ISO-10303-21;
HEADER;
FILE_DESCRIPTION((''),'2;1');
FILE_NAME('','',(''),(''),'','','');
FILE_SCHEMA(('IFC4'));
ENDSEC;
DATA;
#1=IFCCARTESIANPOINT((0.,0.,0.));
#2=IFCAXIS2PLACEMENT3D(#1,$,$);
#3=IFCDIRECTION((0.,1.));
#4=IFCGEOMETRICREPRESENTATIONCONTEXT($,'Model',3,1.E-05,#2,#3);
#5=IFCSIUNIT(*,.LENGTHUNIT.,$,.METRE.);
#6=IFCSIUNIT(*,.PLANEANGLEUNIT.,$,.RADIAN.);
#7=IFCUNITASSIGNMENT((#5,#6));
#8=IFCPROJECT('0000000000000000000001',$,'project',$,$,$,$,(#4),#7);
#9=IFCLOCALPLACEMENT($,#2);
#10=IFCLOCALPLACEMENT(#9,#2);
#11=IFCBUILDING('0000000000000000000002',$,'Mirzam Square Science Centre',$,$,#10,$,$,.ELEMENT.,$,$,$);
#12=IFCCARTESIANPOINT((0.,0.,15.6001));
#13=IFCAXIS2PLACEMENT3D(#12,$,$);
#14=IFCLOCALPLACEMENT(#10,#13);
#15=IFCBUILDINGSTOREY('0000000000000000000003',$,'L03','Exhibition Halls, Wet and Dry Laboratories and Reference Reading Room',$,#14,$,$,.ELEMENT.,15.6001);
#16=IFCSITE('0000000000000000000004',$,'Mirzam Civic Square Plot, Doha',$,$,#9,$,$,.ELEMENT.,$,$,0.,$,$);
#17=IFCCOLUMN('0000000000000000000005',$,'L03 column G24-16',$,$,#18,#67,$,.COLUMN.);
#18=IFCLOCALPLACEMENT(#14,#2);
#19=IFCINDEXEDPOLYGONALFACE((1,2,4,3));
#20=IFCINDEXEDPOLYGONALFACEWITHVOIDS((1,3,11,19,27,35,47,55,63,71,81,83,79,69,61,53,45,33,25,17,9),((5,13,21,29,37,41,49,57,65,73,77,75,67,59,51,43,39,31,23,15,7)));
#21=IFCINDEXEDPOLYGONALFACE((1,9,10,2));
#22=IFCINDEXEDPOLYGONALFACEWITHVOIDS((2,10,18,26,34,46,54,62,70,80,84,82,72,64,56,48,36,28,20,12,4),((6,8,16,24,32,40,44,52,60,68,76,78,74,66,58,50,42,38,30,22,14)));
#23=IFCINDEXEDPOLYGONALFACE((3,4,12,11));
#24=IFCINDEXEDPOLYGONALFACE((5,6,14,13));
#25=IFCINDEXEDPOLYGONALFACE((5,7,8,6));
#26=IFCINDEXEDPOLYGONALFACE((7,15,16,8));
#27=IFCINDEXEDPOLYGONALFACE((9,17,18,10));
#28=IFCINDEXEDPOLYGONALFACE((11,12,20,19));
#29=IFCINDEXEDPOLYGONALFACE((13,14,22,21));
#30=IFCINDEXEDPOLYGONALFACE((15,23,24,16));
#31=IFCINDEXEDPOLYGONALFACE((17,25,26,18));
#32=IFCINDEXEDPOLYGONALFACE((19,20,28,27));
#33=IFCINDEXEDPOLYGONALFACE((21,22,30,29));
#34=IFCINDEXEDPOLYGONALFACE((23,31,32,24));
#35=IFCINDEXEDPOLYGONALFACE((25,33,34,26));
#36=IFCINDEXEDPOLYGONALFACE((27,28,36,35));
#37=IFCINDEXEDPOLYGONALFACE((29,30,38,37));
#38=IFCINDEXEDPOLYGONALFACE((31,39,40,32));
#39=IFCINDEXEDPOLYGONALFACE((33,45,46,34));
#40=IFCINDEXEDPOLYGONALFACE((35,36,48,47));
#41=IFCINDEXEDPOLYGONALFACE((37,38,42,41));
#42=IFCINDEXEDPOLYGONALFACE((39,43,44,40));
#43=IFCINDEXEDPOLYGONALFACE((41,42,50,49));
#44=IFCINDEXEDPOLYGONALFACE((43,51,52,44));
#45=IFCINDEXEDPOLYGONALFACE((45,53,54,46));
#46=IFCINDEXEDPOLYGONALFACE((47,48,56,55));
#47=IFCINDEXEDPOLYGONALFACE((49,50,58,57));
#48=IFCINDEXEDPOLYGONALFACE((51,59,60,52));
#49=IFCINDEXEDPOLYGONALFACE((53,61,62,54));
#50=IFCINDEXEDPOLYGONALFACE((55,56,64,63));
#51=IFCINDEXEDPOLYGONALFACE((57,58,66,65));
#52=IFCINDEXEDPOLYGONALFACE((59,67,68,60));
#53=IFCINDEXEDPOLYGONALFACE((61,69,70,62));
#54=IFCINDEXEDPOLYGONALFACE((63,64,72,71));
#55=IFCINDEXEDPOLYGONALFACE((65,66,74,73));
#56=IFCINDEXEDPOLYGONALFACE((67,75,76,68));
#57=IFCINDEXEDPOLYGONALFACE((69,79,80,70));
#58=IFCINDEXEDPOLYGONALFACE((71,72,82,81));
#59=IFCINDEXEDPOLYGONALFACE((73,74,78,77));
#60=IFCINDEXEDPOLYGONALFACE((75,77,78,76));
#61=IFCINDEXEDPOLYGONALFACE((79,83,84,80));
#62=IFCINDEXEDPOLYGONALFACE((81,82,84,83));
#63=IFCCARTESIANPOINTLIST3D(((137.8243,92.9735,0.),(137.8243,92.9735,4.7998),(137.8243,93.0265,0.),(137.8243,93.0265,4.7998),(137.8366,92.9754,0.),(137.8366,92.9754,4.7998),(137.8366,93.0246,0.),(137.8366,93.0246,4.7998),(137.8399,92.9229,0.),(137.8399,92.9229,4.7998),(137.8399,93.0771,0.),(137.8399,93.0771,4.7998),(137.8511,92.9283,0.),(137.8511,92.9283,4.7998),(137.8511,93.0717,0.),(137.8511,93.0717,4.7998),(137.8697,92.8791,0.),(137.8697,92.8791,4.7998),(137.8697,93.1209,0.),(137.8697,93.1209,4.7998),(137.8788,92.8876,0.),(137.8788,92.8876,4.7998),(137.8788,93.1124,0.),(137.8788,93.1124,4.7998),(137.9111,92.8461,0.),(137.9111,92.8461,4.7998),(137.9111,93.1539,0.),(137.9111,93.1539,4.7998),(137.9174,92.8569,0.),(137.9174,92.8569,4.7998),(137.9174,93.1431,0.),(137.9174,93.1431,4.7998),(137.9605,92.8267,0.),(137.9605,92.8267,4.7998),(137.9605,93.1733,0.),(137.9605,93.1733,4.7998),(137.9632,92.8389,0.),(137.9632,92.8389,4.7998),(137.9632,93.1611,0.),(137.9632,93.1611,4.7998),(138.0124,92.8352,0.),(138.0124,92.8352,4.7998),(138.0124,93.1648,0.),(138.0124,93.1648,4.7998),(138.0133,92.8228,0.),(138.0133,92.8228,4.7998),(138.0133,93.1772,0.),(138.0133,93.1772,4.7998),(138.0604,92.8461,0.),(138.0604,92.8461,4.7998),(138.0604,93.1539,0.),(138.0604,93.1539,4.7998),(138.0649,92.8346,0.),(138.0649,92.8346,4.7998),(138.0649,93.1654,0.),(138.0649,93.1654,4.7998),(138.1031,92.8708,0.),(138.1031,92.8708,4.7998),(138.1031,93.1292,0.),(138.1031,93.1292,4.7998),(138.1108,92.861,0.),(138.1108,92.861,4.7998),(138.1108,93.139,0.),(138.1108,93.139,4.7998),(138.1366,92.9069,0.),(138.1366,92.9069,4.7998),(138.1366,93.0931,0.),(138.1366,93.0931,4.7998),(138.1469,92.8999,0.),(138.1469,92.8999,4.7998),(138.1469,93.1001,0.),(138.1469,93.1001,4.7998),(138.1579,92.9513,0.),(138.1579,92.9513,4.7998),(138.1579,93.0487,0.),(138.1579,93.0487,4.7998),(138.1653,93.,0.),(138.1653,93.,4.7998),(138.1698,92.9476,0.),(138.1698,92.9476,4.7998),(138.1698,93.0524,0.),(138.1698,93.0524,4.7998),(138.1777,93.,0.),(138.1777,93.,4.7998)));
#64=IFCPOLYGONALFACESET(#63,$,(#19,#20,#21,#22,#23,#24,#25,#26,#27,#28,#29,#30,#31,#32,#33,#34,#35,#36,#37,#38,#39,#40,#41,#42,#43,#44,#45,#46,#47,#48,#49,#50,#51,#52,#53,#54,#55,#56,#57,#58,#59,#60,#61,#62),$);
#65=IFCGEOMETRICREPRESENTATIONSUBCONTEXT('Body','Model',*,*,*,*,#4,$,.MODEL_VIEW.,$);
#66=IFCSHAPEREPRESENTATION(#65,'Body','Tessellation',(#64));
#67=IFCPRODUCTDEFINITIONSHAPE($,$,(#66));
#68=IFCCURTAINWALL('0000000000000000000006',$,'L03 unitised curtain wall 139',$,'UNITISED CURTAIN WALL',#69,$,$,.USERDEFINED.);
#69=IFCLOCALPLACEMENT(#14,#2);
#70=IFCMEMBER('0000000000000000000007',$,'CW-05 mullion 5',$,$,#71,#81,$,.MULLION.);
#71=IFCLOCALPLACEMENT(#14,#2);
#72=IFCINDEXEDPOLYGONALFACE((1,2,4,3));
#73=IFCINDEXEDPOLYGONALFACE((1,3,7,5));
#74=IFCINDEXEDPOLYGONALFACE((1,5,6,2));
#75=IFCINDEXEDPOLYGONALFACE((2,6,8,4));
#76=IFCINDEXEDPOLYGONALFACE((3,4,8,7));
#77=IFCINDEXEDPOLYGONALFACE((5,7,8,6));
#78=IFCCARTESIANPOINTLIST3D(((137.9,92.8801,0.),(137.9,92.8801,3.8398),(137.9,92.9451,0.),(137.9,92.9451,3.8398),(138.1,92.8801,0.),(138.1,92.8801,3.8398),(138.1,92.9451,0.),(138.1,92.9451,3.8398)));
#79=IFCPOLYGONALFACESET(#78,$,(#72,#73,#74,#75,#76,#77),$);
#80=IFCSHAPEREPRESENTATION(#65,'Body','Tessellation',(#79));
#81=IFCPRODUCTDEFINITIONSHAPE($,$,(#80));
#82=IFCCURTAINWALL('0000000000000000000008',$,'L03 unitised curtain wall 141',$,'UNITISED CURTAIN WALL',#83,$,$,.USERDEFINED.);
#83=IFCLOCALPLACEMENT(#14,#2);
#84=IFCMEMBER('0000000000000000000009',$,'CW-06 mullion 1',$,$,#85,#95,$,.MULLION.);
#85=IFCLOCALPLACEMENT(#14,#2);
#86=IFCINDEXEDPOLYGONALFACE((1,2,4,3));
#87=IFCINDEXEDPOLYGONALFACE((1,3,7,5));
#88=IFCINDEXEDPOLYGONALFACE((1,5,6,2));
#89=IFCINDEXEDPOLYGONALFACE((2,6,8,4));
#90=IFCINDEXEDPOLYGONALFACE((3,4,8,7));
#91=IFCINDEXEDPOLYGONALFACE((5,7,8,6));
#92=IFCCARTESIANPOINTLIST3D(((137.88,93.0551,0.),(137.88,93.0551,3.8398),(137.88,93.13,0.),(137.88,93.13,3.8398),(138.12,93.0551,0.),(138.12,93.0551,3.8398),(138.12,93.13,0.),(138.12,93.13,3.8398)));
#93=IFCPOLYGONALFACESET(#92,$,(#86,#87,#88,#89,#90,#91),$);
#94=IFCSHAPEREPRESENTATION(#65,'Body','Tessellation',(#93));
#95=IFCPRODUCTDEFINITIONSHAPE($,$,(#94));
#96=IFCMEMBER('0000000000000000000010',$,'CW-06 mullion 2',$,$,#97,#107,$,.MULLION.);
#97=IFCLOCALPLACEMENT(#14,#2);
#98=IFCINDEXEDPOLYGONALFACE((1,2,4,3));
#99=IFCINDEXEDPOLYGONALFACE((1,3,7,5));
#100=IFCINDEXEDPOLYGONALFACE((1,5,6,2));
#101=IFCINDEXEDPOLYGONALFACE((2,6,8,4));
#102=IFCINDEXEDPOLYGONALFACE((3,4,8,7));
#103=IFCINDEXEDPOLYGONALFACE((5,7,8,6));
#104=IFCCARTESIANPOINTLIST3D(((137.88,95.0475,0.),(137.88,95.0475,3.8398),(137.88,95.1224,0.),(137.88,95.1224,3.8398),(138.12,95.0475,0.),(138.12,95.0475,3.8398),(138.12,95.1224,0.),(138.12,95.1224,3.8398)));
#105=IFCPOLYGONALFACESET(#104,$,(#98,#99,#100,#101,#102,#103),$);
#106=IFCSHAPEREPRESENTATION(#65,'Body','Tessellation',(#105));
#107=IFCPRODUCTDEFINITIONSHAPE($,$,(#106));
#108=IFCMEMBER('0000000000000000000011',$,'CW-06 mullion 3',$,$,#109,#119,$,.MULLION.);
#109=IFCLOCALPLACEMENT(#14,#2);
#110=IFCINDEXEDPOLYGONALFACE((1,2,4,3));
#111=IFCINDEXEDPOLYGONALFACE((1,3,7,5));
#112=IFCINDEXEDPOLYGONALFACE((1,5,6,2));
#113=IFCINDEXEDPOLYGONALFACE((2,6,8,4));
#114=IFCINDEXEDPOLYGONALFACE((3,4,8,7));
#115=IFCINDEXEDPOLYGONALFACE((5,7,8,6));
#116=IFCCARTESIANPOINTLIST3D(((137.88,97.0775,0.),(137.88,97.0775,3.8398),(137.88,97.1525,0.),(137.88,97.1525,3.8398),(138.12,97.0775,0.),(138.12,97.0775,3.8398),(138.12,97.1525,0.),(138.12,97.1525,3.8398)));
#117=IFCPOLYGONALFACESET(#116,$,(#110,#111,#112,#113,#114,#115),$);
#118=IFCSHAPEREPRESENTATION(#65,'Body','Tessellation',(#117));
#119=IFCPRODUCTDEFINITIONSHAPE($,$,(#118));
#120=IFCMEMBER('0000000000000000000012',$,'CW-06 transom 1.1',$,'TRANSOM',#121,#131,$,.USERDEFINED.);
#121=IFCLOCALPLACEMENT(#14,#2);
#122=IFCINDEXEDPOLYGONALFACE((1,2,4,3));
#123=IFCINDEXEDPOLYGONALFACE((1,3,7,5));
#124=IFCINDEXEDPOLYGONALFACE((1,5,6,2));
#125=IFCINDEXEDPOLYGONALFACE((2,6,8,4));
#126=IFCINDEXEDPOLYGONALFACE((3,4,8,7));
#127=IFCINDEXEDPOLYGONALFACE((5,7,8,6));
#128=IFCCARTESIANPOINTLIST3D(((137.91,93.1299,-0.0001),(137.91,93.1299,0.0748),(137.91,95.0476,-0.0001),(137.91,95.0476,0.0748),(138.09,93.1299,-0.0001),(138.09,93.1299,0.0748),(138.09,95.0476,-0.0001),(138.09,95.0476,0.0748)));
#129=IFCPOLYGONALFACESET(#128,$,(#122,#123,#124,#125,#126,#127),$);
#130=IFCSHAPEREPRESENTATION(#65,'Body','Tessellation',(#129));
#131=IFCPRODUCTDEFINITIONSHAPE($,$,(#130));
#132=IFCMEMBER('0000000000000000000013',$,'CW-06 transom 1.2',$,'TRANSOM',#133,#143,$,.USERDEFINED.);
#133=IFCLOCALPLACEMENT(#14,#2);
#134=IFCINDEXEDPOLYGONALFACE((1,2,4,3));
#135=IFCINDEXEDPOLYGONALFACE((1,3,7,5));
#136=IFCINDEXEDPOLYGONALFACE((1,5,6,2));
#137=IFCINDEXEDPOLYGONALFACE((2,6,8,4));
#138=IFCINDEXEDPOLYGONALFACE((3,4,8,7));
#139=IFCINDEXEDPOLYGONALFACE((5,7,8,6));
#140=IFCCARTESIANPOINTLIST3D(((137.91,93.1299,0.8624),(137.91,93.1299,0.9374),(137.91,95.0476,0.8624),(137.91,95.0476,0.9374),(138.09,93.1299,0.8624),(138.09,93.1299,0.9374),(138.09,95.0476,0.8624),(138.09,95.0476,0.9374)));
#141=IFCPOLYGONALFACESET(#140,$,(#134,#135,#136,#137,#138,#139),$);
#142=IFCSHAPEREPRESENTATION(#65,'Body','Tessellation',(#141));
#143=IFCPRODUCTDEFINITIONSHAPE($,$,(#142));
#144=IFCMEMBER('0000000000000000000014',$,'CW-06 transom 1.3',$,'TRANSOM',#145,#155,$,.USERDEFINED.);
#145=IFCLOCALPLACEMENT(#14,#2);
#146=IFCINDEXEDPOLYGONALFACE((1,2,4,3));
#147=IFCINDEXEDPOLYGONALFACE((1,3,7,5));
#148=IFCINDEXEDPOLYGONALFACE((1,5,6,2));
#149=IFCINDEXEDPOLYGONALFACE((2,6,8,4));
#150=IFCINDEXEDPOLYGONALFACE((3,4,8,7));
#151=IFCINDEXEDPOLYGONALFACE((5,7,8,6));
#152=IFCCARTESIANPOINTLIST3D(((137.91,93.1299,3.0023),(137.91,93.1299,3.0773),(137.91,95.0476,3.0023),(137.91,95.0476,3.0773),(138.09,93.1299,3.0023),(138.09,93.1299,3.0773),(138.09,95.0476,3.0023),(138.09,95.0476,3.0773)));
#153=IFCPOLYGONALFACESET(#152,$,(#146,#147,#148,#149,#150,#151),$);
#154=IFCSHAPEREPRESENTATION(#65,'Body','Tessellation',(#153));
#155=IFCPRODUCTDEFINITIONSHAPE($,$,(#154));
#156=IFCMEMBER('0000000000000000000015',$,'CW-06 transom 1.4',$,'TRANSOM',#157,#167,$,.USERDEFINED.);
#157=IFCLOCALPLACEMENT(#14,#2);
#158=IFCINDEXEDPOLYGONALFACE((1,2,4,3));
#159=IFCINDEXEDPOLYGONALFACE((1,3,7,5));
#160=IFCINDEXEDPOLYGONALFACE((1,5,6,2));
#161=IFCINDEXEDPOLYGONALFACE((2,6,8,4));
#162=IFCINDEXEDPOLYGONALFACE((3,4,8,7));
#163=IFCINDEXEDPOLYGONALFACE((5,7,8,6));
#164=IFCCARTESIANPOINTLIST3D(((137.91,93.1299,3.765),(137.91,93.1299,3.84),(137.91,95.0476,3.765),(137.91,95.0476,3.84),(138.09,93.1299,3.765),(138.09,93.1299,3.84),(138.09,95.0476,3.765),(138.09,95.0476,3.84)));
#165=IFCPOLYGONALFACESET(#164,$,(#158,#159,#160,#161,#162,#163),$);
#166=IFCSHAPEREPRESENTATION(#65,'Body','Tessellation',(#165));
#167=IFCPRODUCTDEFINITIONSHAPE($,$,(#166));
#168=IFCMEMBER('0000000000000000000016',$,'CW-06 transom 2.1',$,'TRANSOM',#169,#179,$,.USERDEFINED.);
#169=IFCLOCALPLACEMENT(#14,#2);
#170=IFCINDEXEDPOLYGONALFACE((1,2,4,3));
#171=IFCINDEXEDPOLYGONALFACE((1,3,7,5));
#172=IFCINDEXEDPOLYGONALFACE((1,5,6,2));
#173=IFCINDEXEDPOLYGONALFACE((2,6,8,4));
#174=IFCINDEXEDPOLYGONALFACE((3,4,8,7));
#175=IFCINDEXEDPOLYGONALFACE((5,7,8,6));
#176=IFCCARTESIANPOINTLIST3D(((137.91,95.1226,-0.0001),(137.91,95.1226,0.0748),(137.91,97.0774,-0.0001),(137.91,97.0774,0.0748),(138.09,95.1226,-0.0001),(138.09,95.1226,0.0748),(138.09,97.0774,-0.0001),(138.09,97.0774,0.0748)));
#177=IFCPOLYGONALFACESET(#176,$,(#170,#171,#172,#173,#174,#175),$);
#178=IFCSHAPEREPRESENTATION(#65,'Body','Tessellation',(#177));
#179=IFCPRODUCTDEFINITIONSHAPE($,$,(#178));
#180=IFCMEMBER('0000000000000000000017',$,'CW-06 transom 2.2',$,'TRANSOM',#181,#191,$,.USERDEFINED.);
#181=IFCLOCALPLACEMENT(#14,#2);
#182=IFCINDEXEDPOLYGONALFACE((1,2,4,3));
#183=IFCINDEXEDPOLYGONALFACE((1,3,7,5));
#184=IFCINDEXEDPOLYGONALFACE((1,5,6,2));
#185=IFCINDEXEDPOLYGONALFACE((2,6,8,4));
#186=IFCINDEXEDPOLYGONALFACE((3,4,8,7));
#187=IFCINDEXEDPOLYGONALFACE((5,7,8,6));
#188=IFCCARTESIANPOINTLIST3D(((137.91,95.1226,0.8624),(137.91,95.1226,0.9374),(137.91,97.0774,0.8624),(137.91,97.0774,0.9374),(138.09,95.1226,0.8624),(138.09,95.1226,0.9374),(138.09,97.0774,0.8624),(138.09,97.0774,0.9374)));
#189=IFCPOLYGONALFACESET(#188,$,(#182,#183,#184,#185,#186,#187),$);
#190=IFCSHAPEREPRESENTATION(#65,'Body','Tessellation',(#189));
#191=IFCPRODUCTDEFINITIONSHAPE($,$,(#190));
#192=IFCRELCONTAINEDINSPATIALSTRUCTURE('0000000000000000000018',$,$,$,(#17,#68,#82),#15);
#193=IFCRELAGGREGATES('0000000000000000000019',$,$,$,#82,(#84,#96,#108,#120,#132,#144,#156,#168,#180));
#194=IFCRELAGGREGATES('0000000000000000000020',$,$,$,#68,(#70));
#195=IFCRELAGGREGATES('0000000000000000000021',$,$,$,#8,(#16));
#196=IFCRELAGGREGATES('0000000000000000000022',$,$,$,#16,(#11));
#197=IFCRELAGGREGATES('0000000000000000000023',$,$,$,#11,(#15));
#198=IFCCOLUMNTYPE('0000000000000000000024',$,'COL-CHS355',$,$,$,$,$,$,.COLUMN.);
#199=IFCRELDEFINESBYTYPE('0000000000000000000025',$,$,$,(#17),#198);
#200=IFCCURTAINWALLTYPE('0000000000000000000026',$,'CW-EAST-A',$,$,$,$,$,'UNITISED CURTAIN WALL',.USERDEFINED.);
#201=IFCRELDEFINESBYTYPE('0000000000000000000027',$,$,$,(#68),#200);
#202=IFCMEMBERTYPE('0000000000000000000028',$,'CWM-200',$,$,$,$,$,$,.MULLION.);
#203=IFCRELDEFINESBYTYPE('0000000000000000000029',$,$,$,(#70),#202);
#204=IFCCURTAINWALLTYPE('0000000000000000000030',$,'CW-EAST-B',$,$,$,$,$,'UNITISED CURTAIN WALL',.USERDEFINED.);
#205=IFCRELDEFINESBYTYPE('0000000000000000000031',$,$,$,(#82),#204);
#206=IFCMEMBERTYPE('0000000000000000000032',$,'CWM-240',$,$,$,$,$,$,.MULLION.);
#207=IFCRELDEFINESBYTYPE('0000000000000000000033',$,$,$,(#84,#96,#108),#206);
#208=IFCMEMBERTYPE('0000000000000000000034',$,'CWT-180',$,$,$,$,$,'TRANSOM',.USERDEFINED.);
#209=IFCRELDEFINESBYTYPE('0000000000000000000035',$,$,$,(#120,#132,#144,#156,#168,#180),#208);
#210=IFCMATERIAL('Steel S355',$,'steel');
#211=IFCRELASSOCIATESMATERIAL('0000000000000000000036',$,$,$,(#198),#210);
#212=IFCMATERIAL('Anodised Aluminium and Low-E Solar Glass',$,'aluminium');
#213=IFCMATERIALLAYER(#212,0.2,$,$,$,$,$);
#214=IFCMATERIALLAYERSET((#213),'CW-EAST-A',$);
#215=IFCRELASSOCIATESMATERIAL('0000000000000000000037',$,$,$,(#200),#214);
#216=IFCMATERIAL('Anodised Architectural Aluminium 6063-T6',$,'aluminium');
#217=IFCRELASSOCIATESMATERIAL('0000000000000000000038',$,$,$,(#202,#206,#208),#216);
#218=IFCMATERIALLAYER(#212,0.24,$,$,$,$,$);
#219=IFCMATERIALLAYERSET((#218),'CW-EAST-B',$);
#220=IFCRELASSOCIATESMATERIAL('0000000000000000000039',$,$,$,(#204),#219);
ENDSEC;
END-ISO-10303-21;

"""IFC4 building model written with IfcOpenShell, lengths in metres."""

from ifc_helpers import new_model, si_unit, direction, frame, origin, origin_2d, place, context, subcontext, project, spatial, rectangle, hollow_circle, extrude, material, layer, layer_set, material_profile, profile_set, type_object, element, aggregate, save


model = new_model("IFC4")

# Units and contexts
model_context = context("Model", 3, precision=1e-05, world=origin(), true_north=direction((0.0, 1.0)))
body_context = subcontext(model_context, "Body", "Model", "MODEL_VIEW")
ifc_project = project(units=[si_unit("LENGTHUNIT", "METRE"), si_unit("PLANEANGLEUNIT", "RADIAN")], contexts=[model_context])

# Site, building, storey
site_placement = place(None, origin())
site = spatial("IfcSite", under=ifc_project, at=site_placement, Name="Mirzam Civic Square Plot, Doha", CompositionType="ELEMENT", RefElevation=0.0)
building_placement = place(site_placement, origin())
building = spatial("IfcBuilding", under=site, at=building_placement, Name="Mirzam Square Science Centre", CompositionType="ELEMENT")
storey_placement = place(building_placement, frame((0.0, 0.0, 15.6001)))
storey = spatial("IfcBuildingStorey", under=building, at=storey_placement, Name="L03", Description="Exhibition Halls, Wet and Dry Laboratories and Reference Reading Room", CompositionType="ELEMENT", Elevation=15.6001)

# Column
ifc_material_1 = material(Name="Steel S355", Category="steel")
ifc_material_profile_1 = material_profile(ifc_material_1, hollow_circle(Radius=0.1777, WallThickness=0.0125, at=origin_2d()), Name="355.6x12.5CHS")
ifc_profile_set_1 = profile_set([ifc_material_profile_1], Name="Steel S355")
column_type = type_object("IfcColumnType", Name="COL-CHS355", PredefinedType="COLUMN", material=ifc_profile_set_1)
column_placement = place(storey_placement, frame((138.0, 93.0, 0.0), z_axis=(0.0, 0.0, 1.0), x_axis=(1.0, 0.0, 0.0)))
element("IfcColumn", 1, at=column_placement, inside=storey, type_object=column_type, Name="L03 column G24-16", PredefinedType="COLUMN", context=body_context, shape_type="SweptSolid", body=[
    extrude(hollow_circle(Radius=0.1777, WallThickness=0.0125, at=origin_2d()), origin(), (0.0, 0.0, 1.0), 4.7998),
])

# Curtain wall, member
ifc_material_2 = material(Name="Anodised Aluminium and Low-E Solar Glass", Category="aluminium")
ifc_layer_1 = layer(ifc_material_2, 0.2)
ifc_layer_set_1 = layer_set([ifc_layer_1], Name="CW-EAST-A")
curtain_wall_type_1 = type_object("IfcCurtainWallType", Name="CW-EAST-A", ElementType="UNITISED CURTAIN WALL", PredefinedType="USERDEFINED", material=ifc_layer_set_1)
curtain_wall_1_placement = place(storey_placement, origin())
curtain_wall_1 = element("IfcCurtainWall", 2, at=curtain_wall_1_placement, inside=storey, type_object=curtain_wall_type_1, Name="L03 unitised curtain wall 139", ObjectType="UNITISED CURTAIN WALL", PredefinedType="USERDEFINED")
ifc_material_3 = material(Name="Anodised Architectural Aluminium 6063-T6", Category="aluminium")
ifc_material_profile_2 = material_profile(ifc_material_3, rectangle(XDim=0.0649, YDim=0.2, at=origin_2d()), Name="ALU-MULL-200x65x5")
ifc_profile_set_2 = profile_set([ifc_material_profile_2], Name="Anodised Architectural Aluminium 6063-T6")
member_type_1 = type_object("IfcMemberType", Name="CWM-200", PredefinedType="MULLION", material=ifc_profile_set_2)
member_1_placement = place(storey_placement, frame((138.0, 92.9126, 0.0), z_axis=(0.0, 0.0, 1.0), x_axis=(0.0, 1.0, 0.0)))
member_1 = element("IfcMember", 3, at=member_1_placement, type_object=member_type_1, Name="CW-05 mullion 5", PredefinedType="MULLION", context=body_context, shape_type="SweptSolid", body=[
    extrude(rectangle(XDim=0.0649, YDim=0.2, at=origin_2d()), origin(), (0.0, 0.0, 1.0), 3.8398),
])

# Curtain wall, members
ifc_layer_2 = layer(ifc_material_2, 0.24)
ifc_layer_set_2 = layer_set([ifc_layer_2], Name="CW-EAST-B")
curtain_wall_type_2 = type_object("IfcCurtainWallType", Name="CW-EAST-B", ElementType="UNITISED CURTAIN WALL", PredefinedType="USERDEFINED", material=ifc_layer_set_2)
curtain_wall_2_placement = place(storey_placement, origin())
curtain_wall_2 = element("IfcCurtainWall", 4, at=curtain_wall_2_placement, inside=storey, type_object=curtain_wall_type_2, Name="L03 unitised curtain wall 141", ObjectType="UNITISED CURTAIN WALL", PredefinedType="USERDEFINED")
ifc_material_profile_3 = material_profile(ifc_material_3, rectangle(XDim=0.075, YDim=0.24, at=origin_2d()), Name="ALU-MULL-240x75x5")
ifc_profile_set_3 = profile_set([ifc_material_profile_3], Name="Anodised Architectural Aluminium 6063-T6")
member_type_2 = type_object("IfcMemberType", Name="CWM-240", PredefinedType="MULLION", material=ifc_profile_set_3)
member_2_placement = place(storey_placement, frame((138.0, 93.0925, 0.0), z_axis=(0.0, 0.0, 1.0), x_axis=(0.0, 1.0, 0.0)))
member_2 = element("IfcMember", 5, at=member_2_placement, type_object=member_type_2, Name="CW-06 mullion 1", PredefinedType="MULLION", context=body_context, shape_type="SweptSolid", body=[
    extrude(rectangle(XDim=0.075, YDim=0.24, at=origin_2d()), origin(), (0.0, 0.0, 1.0), 3.8398),
])
member_3_placement = place(storey_placement, frame((138.0, 95.085, 0.0), z_axis=(0.0, 0.0, 1.0), x_axis=(0.0, 1.0, 0.0)))
member_3 = element("IfcMember", 6, at=member_3_placement, type_object=member_type_2, Name="CW-06 mullion 2", PredefinedType="MULLION", context=body_context, shape_type="SweptSolid", body=[
    extrude(rectangle(XDim=0.075, YDim=0.24, at=origin_2d()), origin(), (0.0, 0.0, 1.0), 3.8398),
])
member_4_placement = place(storey_placement, frame((138.0, 97.115, 0.0), z_axis=(0.0, 0.0, 1.0), x_axis=(0.0, 1.0, 0.0)))
member_4 = element("IfcMember", 7, at=member_4_placement, type_object=member_type_2, Name="CW-06 mullion 3", PredefinedType="MULLION", context=body_context, shape_type="SweptSolid", body=[
    extrude(rectangle(XDim=0.075, YDim=0.24, at=origin_2d()), origin(), (0.0, 0.0, 1.0), 3.8398),
])
ifc_material_profile_4 = material_profile(ifc_material_3, rectangle(XDim=0.1799, YDim=0.075, at=origin_2d()), Name="ALU-TRAN-180x75x5")
ifc_profile_set_4 = profile_set([ifc_material_profile_4], Name="Anodised Architectural Aluminium 6063-T6")
member_type_3 = type_object("IfcMemberType", Name="CWT-180", ElementType="TRANSOM", PredefinedType="USERDEFINED", material=ifc_profile_set_4)
member_5_placement = place(storey_placement, frame((138.0, 93.1299, 0.0374), z_axis=(0.0, 1.0, 0.0), x_axis=(-1.0, 0.0, 0.0)))
member_5 = element("IfcMember", 8, at=member_5_placement, type_object=member_type_3, Name="CW-06 transom 1.1", ObjectType="TRANSOM", PredefinedType="USERDEFINED", context=body_context, shape_type="SweptSolid", body=[
    extrude(rectangle(XDim=0.1799, YDim=0.075, at=origin_2d()), origin(), (0.0, 0.0, 1.0), 1.9177),
])
member_6_placement = place(storey_placement, frame((138.0, 93.1299, 0.8999), z_axis=(0.0, 1.0, 0.0), x_axis=(-1.0, 0.0, 0.0)))
member_6 = element("IfcMember", 9, at=member_6_placement, type_object=member_type_3, Name="CW-06 transom 1.2", ObjectType="TRANSOM", PredefinedType="USERDEFINED", context=body_context, shape_type="SweptSolid", body=[
    extrude(rectangle(XDim=0.1799, YDim=0.075, at=origin_2d()), origin(), (0.0, 0.0, 1.0), 1.9177),
])
member_7_placement = place(storey_placement, frame((138.0, 93.1299, 3.0398), z_axis=(0.0, 1.0, 0.0), x_axis=(-1.0, 0.0, 0.0)))
member_7 = element("IfcMember", 10, at=member_7_placement, type_object=member_type_3, Name="CW-06 transom 1.3", ObjectType="TRANSOM", PredefinedType="USERDEFINED", context=body_context, shape_type="SweptSolid", body=[
    extrude(rectangle(XDim=0.1799, YDim=0.075, at=origin_2d()), origin(), (0.0, 0.0, 1.0), 1.9177),
])
member_8_placement = place(storey_placement, frame((138.0, 93.1299, 3.8025), z_axis=(0.0, 1.0, 0.0), x_axis=(-1.0, 0.0, 0.0)))
member_8 = element("IfcMember", 11, at=member_8_placement, type_object=member_type_3, Name="CW-06 transom 1.4", ObjectType="TRANSOM", PredefinedType="USERDEFINED", context=body_context, shape_type="SweptSolid", body=[
    extrude(rectangle(XDim=0.1799, YDim=0.075, at=origin_2d()), origin(), (0.0, 0.0, 1.0), 1.9177),
])
member_9_placement = place(storey_placement, frame((138.0, 95.1226, 0.0374), z_axis=(0.0, 1.0, 0.0), x_axis=(-1.0, 0.0, 0.0)))
member_9 = element("IfcMember", 12, at=member_9_placement, type_object=member_type_3, Name="CW-06 transom 2.1", ObjectType="TRANSOM", PredefinedType="USERDEFINED", context=body_context, shape_type="SweptSolid", body=[
    extrude(rectangle(XDim=0.1799, YDim=0.075, at=origin_2d()), origin(), (0.0, 0.0, 1.0), 1.9548),
])
member_10_placement = place(storey_placement, frame((138.0, 95.1226, 0.8999), z_axis=(0.0, 1.0, 0.0), x_axis=(-1.0, 0.0, 0.0)))
member_10 = element("IfcMember", 13, at=member_10_placement, type_object=member_type_3, Name="CW-06 transom 2.2", ObjectType="TRANSOM", PredefinedType="USERDEFINED", context=body_context, shape_type="SweptSolid", body=[
    extrude(rectangle(XDim=0.1799, YDim=0.075, at=origin_2d()), origin(), (0.0, 0.0, 1.0), 1.9548),
])

aggregate(curtain_wall_2, [member_2, member_3, member_4, member_5, member_6, member_7, member_8, member_9, member_10])
aggregate(curtain_wall_1, [member_1])

save(model, "model.ifc")
